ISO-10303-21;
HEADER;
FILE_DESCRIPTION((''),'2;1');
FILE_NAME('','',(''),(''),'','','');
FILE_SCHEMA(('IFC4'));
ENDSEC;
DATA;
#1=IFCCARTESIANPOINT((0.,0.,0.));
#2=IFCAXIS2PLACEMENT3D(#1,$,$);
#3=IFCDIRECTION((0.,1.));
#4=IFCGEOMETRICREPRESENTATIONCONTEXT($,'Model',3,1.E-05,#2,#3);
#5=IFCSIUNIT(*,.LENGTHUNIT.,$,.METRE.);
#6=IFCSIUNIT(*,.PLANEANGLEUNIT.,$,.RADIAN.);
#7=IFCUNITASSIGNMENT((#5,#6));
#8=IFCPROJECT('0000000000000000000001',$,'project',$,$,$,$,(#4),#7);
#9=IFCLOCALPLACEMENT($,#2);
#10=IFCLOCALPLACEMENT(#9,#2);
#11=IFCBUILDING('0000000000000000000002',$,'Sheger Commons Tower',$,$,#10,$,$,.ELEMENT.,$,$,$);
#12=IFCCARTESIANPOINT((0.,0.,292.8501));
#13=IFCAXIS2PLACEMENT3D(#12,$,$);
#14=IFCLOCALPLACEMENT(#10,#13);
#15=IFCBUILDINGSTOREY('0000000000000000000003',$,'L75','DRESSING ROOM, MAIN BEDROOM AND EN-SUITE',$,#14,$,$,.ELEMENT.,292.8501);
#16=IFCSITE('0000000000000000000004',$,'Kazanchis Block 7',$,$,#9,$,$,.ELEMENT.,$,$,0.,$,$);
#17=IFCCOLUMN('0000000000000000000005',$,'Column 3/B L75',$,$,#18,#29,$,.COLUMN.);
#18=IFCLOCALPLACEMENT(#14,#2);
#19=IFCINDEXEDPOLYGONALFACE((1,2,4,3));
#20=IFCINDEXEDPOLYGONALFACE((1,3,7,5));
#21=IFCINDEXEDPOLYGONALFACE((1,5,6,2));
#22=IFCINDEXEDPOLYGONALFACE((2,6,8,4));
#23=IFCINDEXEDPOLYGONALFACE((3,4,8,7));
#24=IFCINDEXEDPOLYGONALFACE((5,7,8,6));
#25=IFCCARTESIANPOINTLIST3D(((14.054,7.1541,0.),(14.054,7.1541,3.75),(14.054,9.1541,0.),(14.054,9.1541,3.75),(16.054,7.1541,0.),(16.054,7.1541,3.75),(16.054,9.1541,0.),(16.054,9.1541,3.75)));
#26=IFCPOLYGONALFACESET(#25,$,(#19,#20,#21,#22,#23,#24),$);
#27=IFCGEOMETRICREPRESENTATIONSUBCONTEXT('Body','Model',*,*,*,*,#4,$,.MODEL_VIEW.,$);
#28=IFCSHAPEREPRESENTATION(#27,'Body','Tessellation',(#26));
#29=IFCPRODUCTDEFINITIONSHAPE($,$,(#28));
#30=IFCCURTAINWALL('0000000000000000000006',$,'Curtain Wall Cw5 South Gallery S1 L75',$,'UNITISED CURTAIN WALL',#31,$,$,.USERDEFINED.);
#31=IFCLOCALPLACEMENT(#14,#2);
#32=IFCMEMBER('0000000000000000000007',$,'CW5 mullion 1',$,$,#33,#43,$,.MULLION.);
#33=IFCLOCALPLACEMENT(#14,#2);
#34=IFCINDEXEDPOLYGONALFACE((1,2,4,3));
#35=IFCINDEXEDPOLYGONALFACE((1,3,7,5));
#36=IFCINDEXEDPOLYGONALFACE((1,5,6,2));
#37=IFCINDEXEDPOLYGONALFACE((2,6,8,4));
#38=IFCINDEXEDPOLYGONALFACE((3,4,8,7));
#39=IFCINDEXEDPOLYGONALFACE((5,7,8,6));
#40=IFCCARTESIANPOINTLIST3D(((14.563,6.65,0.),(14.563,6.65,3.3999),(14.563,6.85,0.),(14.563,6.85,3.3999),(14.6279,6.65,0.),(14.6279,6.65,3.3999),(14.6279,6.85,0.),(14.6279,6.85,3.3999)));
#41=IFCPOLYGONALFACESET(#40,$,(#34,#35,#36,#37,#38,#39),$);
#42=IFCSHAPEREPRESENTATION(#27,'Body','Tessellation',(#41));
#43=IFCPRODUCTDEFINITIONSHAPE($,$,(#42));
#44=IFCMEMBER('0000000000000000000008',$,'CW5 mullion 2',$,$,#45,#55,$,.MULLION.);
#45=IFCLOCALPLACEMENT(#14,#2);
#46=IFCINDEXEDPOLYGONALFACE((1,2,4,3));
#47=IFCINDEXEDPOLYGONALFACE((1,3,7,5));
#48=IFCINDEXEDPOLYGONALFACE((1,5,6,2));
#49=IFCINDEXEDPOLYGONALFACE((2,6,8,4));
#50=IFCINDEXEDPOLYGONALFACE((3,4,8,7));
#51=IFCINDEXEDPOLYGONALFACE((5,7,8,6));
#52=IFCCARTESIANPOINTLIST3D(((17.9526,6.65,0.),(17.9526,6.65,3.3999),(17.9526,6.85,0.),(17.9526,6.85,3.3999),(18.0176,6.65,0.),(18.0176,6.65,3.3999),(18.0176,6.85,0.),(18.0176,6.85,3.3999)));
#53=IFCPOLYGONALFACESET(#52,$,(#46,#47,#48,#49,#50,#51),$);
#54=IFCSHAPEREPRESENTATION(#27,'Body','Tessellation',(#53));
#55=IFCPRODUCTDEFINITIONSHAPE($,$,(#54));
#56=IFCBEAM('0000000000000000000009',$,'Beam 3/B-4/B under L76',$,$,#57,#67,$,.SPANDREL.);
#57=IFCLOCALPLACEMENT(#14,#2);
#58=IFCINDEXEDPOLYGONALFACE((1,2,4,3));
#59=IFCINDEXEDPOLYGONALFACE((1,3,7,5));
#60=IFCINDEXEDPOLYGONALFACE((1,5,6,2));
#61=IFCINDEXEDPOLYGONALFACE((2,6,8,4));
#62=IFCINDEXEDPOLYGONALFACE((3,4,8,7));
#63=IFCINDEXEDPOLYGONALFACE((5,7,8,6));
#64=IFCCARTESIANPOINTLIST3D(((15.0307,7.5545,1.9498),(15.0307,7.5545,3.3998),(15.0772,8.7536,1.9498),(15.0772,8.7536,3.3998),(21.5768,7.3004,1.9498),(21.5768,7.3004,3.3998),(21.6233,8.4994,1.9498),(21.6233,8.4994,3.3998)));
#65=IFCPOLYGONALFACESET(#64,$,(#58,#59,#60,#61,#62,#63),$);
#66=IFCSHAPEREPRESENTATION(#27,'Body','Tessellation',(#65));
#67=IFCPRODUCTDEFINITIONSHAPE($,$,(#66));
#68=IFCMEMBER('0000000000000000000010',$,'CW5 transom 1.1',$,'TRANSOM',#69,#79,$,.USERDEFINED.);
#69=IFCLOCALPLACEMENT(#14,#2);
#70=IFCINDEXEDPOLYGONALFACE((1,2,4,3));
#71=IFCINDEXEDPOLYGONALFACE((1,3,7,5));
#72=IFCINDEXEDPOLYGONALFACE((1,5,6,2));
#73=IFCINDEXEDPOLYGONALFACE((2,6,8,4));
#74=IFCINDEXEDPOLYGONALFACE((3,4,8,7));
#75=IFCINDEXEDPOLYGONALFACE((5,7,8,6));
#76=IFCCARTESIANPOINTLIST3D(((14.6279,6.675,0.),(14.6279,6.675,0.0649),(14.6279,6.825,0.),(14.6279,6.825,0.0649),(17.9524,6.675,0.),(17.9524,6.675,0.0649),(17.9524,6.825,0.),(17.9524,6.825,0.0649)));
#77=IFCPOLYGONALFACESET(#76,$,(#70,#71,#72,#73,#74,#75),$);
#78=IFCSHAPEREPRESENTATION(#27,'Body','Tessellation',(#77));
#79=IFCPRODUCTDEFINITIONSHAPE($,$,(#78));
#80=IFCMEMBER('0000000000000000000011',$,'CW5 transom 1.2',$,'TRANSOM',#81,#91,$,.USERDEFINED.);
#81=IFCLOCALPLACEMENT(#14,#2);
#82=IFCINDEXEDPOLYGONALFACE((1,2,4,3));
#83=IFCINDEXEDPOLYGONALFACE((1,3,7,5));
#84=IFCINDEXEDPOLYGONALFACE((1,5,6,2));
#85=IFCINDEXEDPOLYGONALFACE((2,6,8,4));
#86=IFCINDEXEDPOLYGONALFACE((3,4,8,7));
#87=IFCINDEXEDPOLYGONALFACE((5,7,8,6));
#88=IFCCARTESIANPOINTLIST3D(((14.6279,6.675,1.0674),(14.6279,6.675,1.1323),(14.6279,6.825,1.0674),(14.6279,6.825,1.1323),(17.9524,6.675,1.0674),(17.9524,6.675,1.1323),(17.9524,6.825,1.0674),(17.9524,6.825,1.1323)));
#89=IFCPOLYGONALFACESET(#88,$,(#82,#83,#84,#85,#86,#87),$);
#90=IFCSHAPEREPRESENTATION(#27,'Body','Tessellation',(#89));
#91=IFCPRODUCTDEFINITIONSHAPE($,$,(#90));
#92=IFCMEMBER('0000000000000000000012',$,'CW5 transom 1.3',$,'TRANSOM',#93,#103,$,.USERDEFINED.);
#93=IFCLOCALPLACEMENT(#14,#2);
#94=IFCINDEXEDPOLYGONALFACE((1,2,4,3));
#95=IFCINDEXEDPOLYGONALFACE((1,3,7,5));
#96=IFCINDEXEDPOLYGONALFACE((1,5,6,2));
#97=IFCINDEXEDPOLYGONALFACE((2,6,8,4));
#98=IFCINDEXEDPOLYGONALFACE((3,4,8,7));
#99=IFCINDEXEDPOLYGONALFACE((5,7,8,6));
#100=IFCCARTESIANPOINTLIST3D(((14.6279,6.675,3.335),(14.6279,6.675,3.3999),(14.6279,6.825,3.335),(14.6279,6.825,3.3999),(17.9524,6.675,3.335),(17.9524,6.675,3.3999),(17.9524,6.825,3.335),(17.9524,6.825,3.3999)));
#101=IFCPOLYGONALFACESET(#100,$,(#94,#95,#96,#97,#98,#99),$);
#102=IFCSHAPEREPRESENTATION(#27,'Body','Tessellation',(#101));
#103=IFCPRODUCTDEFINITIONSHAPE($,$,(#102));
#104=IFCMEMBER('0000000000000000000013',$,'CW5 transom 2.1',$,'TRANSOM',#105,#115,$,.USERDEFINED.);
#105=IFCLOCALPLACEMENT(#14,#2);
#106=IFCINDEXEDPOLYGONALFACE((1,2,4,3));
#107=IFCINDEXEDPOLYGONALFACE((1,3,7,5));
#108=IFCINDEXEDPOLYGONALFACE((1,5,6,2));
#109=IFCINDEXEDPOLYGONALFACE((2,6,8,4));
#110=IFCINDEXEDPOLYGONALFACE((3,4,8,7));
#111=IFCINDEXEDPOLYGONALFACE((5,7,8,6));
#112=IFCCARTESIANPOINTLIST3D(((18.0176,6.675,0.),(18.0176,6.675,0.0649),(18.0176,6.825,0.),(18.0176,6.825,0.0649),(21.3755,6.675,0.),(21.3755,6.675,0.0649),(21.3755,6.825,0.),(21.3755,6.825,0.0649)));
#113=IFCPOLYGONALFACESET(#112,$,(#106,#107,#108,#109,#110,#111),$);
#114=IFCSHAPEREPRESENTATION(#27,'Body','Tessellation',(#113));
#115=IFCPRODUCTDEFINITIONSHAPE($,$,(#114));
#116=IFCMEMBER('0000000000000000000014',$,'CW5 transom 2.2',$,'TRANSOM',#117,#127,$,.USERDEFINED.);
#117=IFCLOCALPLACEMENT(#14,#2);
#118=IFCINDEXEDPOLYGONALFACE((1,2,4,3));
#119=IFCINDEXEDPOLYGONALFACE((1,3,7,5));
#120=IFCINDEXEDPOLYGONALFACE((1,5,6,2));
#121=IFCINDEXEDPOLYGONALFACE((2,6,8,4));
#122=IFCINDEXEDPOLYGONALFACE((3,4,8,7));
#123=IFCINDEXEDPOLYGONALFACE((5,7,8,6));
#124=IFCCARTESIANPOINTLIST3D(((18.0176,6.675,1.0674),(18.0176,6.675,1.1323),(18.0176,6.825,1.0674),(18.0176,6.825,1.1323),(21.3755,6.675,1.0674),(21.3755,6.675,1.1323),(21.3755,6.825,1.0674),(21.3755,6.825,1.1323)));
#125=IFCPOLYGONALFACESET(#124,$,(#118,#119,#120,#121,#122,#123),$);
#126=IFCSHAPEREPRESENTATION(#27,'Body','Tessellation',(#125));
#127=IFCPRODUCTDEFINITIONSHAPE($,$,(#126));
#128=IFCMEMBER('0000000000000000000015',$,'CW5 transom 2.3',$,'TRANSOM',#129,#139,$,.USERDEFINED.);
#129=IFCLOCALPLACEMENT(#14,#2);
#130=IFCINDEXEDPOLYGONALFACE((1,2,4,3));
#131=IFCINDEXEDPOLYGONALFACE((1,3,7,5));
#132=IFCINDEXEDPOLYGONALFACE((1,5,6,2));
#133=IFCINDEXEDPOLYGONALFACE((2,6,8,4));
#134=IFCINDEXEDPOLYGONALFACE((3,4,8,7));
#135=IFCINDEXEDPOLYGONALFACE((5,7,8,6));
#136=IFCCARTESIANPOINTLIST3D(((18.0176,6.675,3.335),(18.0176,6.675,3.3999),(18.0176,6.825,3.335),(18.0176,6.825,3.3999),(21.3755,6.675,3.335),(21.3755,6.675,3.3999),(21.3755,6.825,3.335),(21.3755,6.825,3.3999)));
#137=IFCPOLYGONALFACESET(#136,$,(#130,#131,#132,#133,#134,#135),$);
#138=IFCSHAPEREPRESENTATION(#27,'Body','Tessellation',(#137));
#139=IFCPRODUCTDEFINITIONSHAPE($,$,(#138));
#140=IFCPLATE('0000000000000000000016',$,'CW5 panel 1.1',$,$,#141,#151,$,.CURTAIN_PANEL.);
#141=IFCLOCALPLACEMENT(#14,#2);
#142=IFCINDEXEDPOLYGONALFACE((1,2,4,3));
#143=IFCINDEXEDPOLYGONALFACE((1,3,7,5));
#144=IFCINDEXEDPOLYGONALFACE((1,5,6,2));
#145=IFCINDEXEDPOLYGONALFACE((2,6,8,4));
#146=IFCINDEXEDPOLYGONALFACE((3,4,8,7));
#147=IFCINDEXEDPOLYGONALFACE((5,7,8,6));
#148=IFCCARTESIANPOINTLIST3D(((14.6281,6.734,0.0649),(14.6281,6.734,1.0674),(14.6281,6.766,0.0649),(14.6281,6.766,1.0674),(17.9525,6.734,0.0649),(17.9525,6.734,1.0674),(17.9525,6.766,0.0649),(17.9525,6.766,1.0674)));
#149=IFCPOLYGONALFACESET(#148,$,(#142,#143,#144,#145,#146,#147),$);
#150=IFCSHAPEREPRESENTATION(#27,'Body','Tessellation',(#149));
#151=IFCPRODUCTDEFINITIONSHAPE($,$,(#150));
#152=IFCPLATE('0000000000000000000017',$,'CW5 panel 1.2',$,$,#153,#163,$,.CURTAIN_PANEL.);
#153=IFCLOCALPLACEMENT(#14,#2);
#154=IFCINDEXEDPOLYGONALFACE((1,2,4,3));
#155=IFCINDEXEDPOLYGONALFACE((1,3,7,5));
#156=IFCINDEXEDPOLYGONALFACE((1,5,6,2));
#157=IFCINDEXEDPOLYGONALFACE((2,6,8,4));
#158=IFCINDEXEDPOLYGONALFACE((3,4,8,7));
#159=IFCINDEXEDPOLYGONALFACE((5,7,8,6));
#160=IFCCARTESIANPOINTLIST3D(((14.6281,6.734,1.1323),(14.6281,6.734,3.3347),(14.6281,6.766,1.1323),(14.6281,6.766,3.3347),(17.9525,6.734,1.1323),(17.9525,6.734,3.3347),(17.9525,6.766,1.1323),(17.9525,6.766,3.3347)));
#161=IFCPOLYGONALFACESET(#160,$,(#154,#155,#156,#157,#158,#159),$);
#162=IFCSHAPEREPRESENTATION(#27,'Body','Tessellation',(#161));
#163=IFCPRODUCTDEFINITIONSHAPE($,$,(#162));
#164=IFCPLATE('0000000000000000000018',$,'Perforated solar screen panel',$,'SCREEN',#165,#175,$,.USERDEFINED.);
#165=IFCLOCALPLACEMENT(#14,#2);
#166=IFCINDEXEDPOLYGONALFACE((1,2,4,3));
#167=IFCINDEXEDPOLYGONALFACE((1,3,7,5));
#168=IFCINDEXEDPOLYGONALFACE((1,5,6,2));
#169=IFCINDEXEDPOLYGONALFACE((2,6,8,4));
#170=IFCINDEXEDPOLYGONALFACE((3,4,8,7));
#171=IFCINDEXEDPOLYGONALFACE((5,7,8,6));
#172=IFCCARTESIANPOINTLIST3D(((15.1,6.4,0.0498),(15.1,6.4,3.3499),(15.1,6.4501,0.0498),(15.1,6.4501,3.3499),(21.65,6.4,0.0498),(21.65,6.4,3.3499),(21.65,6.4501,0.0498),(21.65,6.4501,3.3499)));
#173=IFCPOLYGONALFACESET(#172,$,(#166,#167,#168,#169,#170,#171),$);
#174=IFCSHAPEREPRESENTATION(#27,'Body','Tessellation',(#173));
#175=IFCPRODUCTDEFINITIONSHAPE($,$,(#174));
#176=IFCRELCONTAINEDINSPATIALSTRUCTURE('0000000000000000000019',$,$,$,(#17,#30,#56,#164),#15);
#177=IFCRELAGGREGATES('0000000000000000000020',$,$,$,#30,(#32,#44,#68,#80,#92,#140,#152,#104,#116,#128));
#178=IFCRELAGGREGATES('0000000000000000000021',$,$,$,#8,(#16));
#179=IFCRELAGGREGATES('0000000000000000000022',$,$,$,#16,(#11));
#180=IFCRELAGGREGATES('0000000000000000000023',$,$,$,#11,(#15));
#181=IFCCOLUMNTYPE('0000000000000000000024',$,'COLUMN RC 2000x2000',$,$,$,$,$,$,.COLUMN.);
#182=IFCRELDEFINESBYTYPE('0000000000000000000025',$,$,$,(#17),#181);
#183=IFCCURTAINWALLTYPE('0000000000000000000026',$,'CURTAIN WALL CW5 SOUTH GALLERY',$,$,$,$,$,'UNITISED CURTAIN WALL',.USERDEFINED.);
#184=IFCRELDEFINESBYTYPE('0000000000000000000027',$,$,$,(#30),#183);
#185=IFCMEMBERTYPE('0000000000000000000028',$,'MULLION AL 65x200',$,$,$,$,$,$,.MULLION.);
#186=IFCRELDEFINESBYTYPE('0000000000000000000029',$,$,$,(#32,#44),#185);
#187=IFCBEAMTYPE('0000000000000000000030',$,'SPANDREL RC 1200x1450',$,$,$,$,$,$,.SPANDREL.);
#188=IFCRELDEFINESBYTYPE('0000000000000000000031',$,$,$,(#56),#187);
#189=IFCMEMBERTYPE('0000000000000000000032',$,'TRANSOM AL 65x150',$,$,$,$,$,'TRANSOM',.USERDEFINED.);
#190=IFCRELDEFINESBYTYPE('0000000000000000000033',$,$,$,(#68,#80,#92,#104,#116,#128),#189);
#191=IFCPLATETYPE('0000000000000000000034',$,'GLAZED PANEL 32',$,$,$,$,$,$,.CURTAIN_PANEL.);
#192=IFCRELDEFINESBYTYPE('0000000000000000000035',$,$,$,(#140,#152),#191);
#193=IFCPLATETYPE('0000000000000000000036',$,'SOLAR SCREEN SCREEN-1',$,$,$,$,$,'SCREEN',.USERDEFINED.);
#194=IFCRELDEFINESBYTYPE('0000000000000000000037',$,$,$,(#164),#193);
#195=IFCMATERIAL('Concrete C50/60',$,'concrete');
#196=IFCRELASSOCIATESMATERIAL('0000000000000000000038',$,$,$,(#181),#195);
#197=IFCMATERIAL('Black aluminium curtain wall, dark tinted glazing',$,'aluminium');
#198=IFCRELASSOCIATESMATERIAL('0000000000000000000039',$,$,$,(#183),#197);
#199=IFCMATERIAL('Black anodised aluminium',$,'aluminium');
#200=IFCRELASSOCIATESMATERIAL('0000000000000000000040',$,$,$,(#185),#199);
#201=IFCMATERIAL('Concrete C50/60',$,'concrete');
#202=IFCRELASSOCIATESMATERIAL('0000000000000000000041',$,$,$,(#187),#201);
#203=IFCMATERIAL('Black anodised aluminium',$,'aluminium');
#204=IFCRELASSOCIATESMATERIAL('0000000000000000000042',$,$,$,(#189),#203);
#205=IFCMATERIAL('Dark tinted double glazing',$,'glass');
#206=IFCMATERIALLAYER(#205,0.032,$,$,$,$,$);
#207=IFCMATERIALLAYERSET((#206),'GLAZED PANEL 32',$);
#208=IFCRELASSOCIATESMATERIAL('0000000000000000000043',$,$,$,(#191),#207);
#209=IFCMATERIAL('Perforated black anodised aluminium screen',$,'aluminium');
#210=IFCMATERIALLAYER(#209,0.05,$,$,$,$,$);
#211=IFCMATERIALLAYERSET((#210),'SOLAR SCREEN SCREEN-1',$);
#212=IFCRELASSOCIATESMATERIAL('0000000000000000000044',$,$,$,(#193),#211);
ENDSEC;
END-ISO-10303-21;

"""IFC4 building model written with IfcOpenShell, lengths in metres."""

from ifc_helpers import new_model, si_unit, direction, frame, origin, origin_2d, place, context, subcontext, project, spatial, rectangle, extrude, material, layer, layer_set, material_profile, profile_set, type_object, element, aggregate, save


model = new_model("IFC4")

# Units and contexts
model_context = context("Model", 3, precision=1e-05, world=origin(), true_north=direction((0.0, 1.0)))
body_context = subcontext(model_context, "Body", "Model", "MODEL_VIEW")
ifc_project = project(units=[si_unit("LENGTHUNIT", "METRE"), si_unit("PLANEANGLEUNIT", "RADIAN")], contexts=[model_context])

# Site, building, storey
site_placement = place(None, origin())
site = spatial("IfcSite", under=ifc_project, at=site_placement, Name="Kazanchis Block 7", CompositionType="ELEMENT", RefElevation=0.0)
building_placement = place(site_placement, origin())
building = spatial("IfcBuilding", under=site, at=building_placement, Name="Sheger Commons Tower", CompositionType="ELEMENT")
storey_placement = place(building_placement, frame((0.0, 0.0, 292.8501)))
storey = spatial("IfcBuildingStorey", under=building, at=storey_placement, Name="L75", Description="DRESSING ROOM, MAIN BEDROOM AND EN-SUITE", CompositionType="ELEMENT", Elevation=292.8501)

# Column
ifc_material_1 = material(Name="Concrete C50/60", Category="concrete")
ifc_material_profile_1 = material_profile(ifc_material_1, rectangle(XDim=2.0, YDim=2.0, at=origin_2d()), Name="RC 2000x2000")
ifc_profile_set_1 = profile_set([ifc_material_profile_1], Name="Concrete C50/60")
column_type = type_object("IfcColumnType", Name="COLUMN RC 2000x2000", PredefinedType="COLUMN", material=ifc_profile_set_1)
column_placement = place(storey_placement, frame((15.054, 8.1541, 0.0), z_axis=(0.0, 0.0, 1.0), x_axis=(1.0, 0.0, 0.0)))
element("IfcColumn", 1, at=column_placement, inside=storey, type_object=column_type, Name="Column 3/B L75", PredefinedType="COLUMN", context=body_context, shape_type="SweptSolid", body=[
    extrude(rectangle(XDim=2.0, YDim=2.0, at=origin_2d()), origin(), (0.0, 0.0, 1.0), 3.75),
])

# Curtain wall, members
ifc_material_2 = material(Name="Black aluminium curtain wall, dark tinted glazing", Category="aluminium")
curtain_wall_type = type_object("IfcCurtainWallType", Name="CURTAIN WALL CW5 SOUTH GALLERY", ElementType="UNITISED CURTAIN WALL", PredefinedType="USERDEFINED", material=ifc_material_2)
curtain_wall_placement = place(storey_placement, origin())
curtain_wall = element("IfcCurtainWall", 2, at=curtain_wall_placement, inside=storey, type_object=curtain_wall_type, Name="Curtain Wall Cw5 South Gallery S1 L75", ObjectType="UNITISED CURTAIN WALL", PredefinedType="USERDEFINED")
ifc_material_3 = material(Name="Black anodised aluminium", Category="aluminium")
ifc_material_profile_2 = material_profile(ifc_material_3, rectangle(XDim=0.2, YDim=0.0649, at=origin_2d()), Name="AL 65x200")
ifc_profile_set_2 = profile_set([ifc_material_profile_2], Name="Black anodised aluminium")
member_type_1 = type_object("IfcMemberType", Name="MULLION AL 65x200", PredefinedType="MULLION", material=ifc_profile_set_2)
member_1_placement = place(storey_placement, frame((14.5955, 6.75, 0.0), z_axis=(0.0, 0.0, 1.0), x_axis=(0.0, 1.0, 0.0)))
member_1 = element("IfcMember", 3, at=member_1_placement, type_object=member_type_1, Name="CW5 mullion 1", PredefinedType="MULLION", context=body_context, shape_type="SweptSolid", body=[
    extrude(rectangle(XDim=0.2, YDim=0.0649, at=origin_2d()), origin(), (0.0, 0.0, 1.0), 3.3999),
])
member_2_placement = place(storey_placement, frame((17.9851, 6.75, 0.0), z_axis=(0.0, 0.0, 1.0), x_axis=(0.0, 1.0, 0.0)))
member_2 = element("IfcMember", 4, at=member_2_placement, type_object=member_type_1, Name="CW5 mullion 2", PredefinedType="MULLION", context=body_context, shape_type="SweptSolid", body=[
    extrude(rectangle(XDim=0.2, YDim=0.0649, at=origin_2d()), origin(), (0.0, 0.0, 1.0), 3.3999),
])

# Beam
ifc_material_4 = material(Name="Concrete C50/60", Category="concrete")
ifc_material_profile_3 = material_profile(ifc_material_4, rectangle(XDim=1.2, YDim=1.45, at=origin_2d()), Name="RC 1200x1450")
ifc_profile_set_3 = profile_set([ifc_material_profile_3], Name="Concrete C50/60")
beam_type = type_object("IfcBeamType", Name="SPANDREL RC 1200x1450", PredefinedType="SPANDREL", material=ifc_profile_set_3)
beam_placement = place(storey_placement, frame((15.054, 8.1541, 2.6748), z_axis=(0.999247, -0.038795, 0.0), x_axis=(0.038795, 0.999247, 0.0)))
element("IfcBeam", 5, at=beam_placement, inside=storey, type_object=beam_type, Name="Beam 3/B-4/B under L76", PredefinedType="SPANDREL", context=body_context, shape_type="SweptSolid", body=[
    extrude(rectangle(XDim=1.2, YDim=1.45, at=origin_2d()), origin(), (0.0, 0.0, 1.0), 6.551),
])

# Members
ifc_material_5 = material(Name="Black anodised aluminium", Category="aluminium")
ifc_material_profile_4 = material_profile(ifc_material_5, rectangle(XDim=0.1499, YDim=0.0649, at=origin_2d()), Name="AL 65x150")
ifc_profile_set_4 = profile_set([ifc_material_profile_4], Name="Black anodised aluminium")
member_type_2 = type_object("IfcMemberType", Name="TRANSOM AL 65x150", ElementType="TRANSOM", PredefinedType="USERDEFINED", material=ifc_profile_set_4)
member_3_placement = place(storey_placement, frame((14.6279, 6.75, 0.0325), z_axis=(1.0, 0.0, 0.0), x_axis=(0.0, 1.0, 0.0)))
member_3 = element("IfcMember", 6, at=member_3_placement, type_object=member_type_2, Name="CW5 transom 1.1", ObjectType="TRANSOM", PredefinedType="USERDEFINED", context=body_context, shape_type="SweptSolid", body=[
    extrude(rectangle(XDim=0.1499, YDim=0.0649, at=origin_2d()), origin(), (0.0, 0.0, 1.0), 3.3245),
])
member_4_placement = place(storey_placement, frame((14.6279, 6.75, 1.0999), z_axis=(1.0, 0.0, 0.0), x_axis=(0.0, 1.0, 0.0)))
member_4 = element("IfcMember", 7, at=member_4_placement, type_object=member_type_2, Name="CW5 transom 1.2", ObjectType="TRANSOM", PredefinedType="USERDEFINED", context=body_context, shape_type="SweptSolid", body=[
    extrude(rectangle(XDim=0.1499, YDim=0.0649, at=origin_2d()), origin(), (0.0, 0.0, 1.0), 3.3245),
])
member_5_placement = place(storey_placement, frame((14.6279, 6.75, 3.3674), z_axis=(1.0, 0.0, 0.0), x_axis=(0.0, 1.0, 0.0)))
member_5 = element("IfcMember", 8, at=member_5_placement, type_object=member_type_2, Name="CW5 transom 1.3", ObjectType="TRANSOM", PredefinedType="USERDEFINED", context=body_context, shape_type="SweptSolid", body=[
    extrude(rectangle(XDim=0.1499, YDim=0.0649, at=origin_2d()), origin(), (0.0, 0.0, 1.0), 3.3245),
])
member_6_placement = place(storey_placement, frame((18.0176, 6.75, 0.0325), z_axis=(1.0, 0.0, 0.0), x_axis=(0.0, 1.0, 0.0)))
member_6 = element("IfcMember", 9, at=member_6_placement, type_object=member_type_2, Name="CW5 transom 2.1", ObjectType="TRANSOM", PredefinedType="USERDEFINED", context=body_context, shape_type="SweptSolid", body=[
    extrude(rectangle(XDim=0.1499, YDim=0.0649, at=origin_2d()), origin(), (0.0, 0.0, 1.0), 3.3579),
])
member_7_placement = place(storey_placement, frame((18.0176, 6.75, 1.0999), z_axis=(1.0, 0.0, 0.0), x_axis=(0.0, 1.0, 0.0)))
member_7 = element("IfcMember", 10, at=member_7_placement, type_object=member_type_2, Name="CW5 transom 2.2", ObjectType="TRANSOM", PredefinedType="USERDEFINED", context=body_context, shape_type="SweptSolid", body=[
    extrude(rectangle(XDim=0.1499, YDim=0.0649, at=origin_2d()), origin(), (0.0, 0.0, 1.0), 3.3579),
])
member_8_placement = place(storey_placement, frame((18.0176, 6.75, 3.3674), z_axis=(1.0, 0.0, 0.0), x_axis=(0.0, 1.0, 0.0)))
member_8 = element("IfcMember", 11, at=member_8_placement, type_object=member_type_2, Name="CW5 transom 2.3", ObjectType="TRANSOM", PredefinedType="USERDEFINED", context=body_context, shape_type="SweptSolid", body=[
    extrude(rectangle(XDim=0.1499, YDim=0.0649, at=origin_2d()), origin(), (0.0, 0.0, 1.0), 3.3579),
])

# Plates
ifc_material_6 = material(Name="Dark tinted double glazing", Category="glass")
ifc_layer_1 = layer(ifc_material_6, 0.032)
ifc_layer_set_1 = layer_set([ifc_layer_1], Name="GLAZED PANEL 32")
plate_type_1 = type_object("IfcPlateType", Name="GLAZED PANEL 32", PredefinedType="CURTAIN_PANEL", material=ifc_layer_set_1)
plate_1_placement = place(storey_placement, frame((16.2903, 6.75, 0.0649), z_axis=(0.0, 0.0, 1.0), x_axis=(1.0, 0.0, 0.0)))
plate_1 = element("IfcPlate", 12, at=plate_1_placement, type_object=plate_type_1, Name="CW5 panel 1.1", PredefinedType="CURTAIN_PANEL", context=body_context, shape_type="SweptSolid", body=[
    extrude(rectangle(XDim=3.3245, YDim=0.032, at=origin_2d()), origin(), (0.0, 0.0, 1.0), 1.0024),
])
plate_2_placement = place(storey_placement, frame((16.2903, 6.75, 1.1323), z_axis=(0.0, 0.0, 1.0), x_axis=(1.0, 0.0, 0.0)))
plate_2 = element("IfcPlate", 13, at=plate_2_placement, type_object=plate_type_1, Name="CW5 panel 1.2", PredefinedType="CURTAIN_PANEL", context=body_context, shape_type="SweptSolid", body=[
    extrude(rectangle(XDim=3.3245, YDim=0.032, at=origin_2d()), origin(), (0.0, 0.0, 1.0), 2.2024),
])
aggregate(curtain_wall, [member_1, member_2, member_3, member_4, member_5, plate_1, plate_2, member_6, member_7, member_8])
ifc_material_7 = material(Name="Perforated black anodised aluminium screen", Category="aluminium")
ifc_layer_2 = layer(ifc_material_7, 0.05)
ifc_layer_set_2 = layer_set([ifc_layer_2], Name="SOLAR SCREEN SCREEN-1")
plate_type_2 = type_object("IfcPlateType", Name="SOLAR SCREEN SCREEN-1", ElementType="SCREEN", PredefinedType="USERDEFINED", material=ifc_layer_set_2)
plate_3_placement = place(storey_placement, frame((18.375, 6.425, 0.0498), z_axis=(0.0, 0.0, 1.0), x_axis=(1.0, 0.0, 0.0)))
element("IfcPlate", 14, at=plate_3_placement, inside=storey, type_object=plate_type_2, Name="Perforated solar screen panel", ObjectType="SCREEN", PredefinedType="USERDEFINED", context=body_context, shape_type="SweptSolid", body=[
    extrude(rectangle(XDim=6.55, YDim=0.05, at=origin_2d()), origin(), (0.0, 0.0, 1.0), 3.3),
])

save(model, "model.ifc")
